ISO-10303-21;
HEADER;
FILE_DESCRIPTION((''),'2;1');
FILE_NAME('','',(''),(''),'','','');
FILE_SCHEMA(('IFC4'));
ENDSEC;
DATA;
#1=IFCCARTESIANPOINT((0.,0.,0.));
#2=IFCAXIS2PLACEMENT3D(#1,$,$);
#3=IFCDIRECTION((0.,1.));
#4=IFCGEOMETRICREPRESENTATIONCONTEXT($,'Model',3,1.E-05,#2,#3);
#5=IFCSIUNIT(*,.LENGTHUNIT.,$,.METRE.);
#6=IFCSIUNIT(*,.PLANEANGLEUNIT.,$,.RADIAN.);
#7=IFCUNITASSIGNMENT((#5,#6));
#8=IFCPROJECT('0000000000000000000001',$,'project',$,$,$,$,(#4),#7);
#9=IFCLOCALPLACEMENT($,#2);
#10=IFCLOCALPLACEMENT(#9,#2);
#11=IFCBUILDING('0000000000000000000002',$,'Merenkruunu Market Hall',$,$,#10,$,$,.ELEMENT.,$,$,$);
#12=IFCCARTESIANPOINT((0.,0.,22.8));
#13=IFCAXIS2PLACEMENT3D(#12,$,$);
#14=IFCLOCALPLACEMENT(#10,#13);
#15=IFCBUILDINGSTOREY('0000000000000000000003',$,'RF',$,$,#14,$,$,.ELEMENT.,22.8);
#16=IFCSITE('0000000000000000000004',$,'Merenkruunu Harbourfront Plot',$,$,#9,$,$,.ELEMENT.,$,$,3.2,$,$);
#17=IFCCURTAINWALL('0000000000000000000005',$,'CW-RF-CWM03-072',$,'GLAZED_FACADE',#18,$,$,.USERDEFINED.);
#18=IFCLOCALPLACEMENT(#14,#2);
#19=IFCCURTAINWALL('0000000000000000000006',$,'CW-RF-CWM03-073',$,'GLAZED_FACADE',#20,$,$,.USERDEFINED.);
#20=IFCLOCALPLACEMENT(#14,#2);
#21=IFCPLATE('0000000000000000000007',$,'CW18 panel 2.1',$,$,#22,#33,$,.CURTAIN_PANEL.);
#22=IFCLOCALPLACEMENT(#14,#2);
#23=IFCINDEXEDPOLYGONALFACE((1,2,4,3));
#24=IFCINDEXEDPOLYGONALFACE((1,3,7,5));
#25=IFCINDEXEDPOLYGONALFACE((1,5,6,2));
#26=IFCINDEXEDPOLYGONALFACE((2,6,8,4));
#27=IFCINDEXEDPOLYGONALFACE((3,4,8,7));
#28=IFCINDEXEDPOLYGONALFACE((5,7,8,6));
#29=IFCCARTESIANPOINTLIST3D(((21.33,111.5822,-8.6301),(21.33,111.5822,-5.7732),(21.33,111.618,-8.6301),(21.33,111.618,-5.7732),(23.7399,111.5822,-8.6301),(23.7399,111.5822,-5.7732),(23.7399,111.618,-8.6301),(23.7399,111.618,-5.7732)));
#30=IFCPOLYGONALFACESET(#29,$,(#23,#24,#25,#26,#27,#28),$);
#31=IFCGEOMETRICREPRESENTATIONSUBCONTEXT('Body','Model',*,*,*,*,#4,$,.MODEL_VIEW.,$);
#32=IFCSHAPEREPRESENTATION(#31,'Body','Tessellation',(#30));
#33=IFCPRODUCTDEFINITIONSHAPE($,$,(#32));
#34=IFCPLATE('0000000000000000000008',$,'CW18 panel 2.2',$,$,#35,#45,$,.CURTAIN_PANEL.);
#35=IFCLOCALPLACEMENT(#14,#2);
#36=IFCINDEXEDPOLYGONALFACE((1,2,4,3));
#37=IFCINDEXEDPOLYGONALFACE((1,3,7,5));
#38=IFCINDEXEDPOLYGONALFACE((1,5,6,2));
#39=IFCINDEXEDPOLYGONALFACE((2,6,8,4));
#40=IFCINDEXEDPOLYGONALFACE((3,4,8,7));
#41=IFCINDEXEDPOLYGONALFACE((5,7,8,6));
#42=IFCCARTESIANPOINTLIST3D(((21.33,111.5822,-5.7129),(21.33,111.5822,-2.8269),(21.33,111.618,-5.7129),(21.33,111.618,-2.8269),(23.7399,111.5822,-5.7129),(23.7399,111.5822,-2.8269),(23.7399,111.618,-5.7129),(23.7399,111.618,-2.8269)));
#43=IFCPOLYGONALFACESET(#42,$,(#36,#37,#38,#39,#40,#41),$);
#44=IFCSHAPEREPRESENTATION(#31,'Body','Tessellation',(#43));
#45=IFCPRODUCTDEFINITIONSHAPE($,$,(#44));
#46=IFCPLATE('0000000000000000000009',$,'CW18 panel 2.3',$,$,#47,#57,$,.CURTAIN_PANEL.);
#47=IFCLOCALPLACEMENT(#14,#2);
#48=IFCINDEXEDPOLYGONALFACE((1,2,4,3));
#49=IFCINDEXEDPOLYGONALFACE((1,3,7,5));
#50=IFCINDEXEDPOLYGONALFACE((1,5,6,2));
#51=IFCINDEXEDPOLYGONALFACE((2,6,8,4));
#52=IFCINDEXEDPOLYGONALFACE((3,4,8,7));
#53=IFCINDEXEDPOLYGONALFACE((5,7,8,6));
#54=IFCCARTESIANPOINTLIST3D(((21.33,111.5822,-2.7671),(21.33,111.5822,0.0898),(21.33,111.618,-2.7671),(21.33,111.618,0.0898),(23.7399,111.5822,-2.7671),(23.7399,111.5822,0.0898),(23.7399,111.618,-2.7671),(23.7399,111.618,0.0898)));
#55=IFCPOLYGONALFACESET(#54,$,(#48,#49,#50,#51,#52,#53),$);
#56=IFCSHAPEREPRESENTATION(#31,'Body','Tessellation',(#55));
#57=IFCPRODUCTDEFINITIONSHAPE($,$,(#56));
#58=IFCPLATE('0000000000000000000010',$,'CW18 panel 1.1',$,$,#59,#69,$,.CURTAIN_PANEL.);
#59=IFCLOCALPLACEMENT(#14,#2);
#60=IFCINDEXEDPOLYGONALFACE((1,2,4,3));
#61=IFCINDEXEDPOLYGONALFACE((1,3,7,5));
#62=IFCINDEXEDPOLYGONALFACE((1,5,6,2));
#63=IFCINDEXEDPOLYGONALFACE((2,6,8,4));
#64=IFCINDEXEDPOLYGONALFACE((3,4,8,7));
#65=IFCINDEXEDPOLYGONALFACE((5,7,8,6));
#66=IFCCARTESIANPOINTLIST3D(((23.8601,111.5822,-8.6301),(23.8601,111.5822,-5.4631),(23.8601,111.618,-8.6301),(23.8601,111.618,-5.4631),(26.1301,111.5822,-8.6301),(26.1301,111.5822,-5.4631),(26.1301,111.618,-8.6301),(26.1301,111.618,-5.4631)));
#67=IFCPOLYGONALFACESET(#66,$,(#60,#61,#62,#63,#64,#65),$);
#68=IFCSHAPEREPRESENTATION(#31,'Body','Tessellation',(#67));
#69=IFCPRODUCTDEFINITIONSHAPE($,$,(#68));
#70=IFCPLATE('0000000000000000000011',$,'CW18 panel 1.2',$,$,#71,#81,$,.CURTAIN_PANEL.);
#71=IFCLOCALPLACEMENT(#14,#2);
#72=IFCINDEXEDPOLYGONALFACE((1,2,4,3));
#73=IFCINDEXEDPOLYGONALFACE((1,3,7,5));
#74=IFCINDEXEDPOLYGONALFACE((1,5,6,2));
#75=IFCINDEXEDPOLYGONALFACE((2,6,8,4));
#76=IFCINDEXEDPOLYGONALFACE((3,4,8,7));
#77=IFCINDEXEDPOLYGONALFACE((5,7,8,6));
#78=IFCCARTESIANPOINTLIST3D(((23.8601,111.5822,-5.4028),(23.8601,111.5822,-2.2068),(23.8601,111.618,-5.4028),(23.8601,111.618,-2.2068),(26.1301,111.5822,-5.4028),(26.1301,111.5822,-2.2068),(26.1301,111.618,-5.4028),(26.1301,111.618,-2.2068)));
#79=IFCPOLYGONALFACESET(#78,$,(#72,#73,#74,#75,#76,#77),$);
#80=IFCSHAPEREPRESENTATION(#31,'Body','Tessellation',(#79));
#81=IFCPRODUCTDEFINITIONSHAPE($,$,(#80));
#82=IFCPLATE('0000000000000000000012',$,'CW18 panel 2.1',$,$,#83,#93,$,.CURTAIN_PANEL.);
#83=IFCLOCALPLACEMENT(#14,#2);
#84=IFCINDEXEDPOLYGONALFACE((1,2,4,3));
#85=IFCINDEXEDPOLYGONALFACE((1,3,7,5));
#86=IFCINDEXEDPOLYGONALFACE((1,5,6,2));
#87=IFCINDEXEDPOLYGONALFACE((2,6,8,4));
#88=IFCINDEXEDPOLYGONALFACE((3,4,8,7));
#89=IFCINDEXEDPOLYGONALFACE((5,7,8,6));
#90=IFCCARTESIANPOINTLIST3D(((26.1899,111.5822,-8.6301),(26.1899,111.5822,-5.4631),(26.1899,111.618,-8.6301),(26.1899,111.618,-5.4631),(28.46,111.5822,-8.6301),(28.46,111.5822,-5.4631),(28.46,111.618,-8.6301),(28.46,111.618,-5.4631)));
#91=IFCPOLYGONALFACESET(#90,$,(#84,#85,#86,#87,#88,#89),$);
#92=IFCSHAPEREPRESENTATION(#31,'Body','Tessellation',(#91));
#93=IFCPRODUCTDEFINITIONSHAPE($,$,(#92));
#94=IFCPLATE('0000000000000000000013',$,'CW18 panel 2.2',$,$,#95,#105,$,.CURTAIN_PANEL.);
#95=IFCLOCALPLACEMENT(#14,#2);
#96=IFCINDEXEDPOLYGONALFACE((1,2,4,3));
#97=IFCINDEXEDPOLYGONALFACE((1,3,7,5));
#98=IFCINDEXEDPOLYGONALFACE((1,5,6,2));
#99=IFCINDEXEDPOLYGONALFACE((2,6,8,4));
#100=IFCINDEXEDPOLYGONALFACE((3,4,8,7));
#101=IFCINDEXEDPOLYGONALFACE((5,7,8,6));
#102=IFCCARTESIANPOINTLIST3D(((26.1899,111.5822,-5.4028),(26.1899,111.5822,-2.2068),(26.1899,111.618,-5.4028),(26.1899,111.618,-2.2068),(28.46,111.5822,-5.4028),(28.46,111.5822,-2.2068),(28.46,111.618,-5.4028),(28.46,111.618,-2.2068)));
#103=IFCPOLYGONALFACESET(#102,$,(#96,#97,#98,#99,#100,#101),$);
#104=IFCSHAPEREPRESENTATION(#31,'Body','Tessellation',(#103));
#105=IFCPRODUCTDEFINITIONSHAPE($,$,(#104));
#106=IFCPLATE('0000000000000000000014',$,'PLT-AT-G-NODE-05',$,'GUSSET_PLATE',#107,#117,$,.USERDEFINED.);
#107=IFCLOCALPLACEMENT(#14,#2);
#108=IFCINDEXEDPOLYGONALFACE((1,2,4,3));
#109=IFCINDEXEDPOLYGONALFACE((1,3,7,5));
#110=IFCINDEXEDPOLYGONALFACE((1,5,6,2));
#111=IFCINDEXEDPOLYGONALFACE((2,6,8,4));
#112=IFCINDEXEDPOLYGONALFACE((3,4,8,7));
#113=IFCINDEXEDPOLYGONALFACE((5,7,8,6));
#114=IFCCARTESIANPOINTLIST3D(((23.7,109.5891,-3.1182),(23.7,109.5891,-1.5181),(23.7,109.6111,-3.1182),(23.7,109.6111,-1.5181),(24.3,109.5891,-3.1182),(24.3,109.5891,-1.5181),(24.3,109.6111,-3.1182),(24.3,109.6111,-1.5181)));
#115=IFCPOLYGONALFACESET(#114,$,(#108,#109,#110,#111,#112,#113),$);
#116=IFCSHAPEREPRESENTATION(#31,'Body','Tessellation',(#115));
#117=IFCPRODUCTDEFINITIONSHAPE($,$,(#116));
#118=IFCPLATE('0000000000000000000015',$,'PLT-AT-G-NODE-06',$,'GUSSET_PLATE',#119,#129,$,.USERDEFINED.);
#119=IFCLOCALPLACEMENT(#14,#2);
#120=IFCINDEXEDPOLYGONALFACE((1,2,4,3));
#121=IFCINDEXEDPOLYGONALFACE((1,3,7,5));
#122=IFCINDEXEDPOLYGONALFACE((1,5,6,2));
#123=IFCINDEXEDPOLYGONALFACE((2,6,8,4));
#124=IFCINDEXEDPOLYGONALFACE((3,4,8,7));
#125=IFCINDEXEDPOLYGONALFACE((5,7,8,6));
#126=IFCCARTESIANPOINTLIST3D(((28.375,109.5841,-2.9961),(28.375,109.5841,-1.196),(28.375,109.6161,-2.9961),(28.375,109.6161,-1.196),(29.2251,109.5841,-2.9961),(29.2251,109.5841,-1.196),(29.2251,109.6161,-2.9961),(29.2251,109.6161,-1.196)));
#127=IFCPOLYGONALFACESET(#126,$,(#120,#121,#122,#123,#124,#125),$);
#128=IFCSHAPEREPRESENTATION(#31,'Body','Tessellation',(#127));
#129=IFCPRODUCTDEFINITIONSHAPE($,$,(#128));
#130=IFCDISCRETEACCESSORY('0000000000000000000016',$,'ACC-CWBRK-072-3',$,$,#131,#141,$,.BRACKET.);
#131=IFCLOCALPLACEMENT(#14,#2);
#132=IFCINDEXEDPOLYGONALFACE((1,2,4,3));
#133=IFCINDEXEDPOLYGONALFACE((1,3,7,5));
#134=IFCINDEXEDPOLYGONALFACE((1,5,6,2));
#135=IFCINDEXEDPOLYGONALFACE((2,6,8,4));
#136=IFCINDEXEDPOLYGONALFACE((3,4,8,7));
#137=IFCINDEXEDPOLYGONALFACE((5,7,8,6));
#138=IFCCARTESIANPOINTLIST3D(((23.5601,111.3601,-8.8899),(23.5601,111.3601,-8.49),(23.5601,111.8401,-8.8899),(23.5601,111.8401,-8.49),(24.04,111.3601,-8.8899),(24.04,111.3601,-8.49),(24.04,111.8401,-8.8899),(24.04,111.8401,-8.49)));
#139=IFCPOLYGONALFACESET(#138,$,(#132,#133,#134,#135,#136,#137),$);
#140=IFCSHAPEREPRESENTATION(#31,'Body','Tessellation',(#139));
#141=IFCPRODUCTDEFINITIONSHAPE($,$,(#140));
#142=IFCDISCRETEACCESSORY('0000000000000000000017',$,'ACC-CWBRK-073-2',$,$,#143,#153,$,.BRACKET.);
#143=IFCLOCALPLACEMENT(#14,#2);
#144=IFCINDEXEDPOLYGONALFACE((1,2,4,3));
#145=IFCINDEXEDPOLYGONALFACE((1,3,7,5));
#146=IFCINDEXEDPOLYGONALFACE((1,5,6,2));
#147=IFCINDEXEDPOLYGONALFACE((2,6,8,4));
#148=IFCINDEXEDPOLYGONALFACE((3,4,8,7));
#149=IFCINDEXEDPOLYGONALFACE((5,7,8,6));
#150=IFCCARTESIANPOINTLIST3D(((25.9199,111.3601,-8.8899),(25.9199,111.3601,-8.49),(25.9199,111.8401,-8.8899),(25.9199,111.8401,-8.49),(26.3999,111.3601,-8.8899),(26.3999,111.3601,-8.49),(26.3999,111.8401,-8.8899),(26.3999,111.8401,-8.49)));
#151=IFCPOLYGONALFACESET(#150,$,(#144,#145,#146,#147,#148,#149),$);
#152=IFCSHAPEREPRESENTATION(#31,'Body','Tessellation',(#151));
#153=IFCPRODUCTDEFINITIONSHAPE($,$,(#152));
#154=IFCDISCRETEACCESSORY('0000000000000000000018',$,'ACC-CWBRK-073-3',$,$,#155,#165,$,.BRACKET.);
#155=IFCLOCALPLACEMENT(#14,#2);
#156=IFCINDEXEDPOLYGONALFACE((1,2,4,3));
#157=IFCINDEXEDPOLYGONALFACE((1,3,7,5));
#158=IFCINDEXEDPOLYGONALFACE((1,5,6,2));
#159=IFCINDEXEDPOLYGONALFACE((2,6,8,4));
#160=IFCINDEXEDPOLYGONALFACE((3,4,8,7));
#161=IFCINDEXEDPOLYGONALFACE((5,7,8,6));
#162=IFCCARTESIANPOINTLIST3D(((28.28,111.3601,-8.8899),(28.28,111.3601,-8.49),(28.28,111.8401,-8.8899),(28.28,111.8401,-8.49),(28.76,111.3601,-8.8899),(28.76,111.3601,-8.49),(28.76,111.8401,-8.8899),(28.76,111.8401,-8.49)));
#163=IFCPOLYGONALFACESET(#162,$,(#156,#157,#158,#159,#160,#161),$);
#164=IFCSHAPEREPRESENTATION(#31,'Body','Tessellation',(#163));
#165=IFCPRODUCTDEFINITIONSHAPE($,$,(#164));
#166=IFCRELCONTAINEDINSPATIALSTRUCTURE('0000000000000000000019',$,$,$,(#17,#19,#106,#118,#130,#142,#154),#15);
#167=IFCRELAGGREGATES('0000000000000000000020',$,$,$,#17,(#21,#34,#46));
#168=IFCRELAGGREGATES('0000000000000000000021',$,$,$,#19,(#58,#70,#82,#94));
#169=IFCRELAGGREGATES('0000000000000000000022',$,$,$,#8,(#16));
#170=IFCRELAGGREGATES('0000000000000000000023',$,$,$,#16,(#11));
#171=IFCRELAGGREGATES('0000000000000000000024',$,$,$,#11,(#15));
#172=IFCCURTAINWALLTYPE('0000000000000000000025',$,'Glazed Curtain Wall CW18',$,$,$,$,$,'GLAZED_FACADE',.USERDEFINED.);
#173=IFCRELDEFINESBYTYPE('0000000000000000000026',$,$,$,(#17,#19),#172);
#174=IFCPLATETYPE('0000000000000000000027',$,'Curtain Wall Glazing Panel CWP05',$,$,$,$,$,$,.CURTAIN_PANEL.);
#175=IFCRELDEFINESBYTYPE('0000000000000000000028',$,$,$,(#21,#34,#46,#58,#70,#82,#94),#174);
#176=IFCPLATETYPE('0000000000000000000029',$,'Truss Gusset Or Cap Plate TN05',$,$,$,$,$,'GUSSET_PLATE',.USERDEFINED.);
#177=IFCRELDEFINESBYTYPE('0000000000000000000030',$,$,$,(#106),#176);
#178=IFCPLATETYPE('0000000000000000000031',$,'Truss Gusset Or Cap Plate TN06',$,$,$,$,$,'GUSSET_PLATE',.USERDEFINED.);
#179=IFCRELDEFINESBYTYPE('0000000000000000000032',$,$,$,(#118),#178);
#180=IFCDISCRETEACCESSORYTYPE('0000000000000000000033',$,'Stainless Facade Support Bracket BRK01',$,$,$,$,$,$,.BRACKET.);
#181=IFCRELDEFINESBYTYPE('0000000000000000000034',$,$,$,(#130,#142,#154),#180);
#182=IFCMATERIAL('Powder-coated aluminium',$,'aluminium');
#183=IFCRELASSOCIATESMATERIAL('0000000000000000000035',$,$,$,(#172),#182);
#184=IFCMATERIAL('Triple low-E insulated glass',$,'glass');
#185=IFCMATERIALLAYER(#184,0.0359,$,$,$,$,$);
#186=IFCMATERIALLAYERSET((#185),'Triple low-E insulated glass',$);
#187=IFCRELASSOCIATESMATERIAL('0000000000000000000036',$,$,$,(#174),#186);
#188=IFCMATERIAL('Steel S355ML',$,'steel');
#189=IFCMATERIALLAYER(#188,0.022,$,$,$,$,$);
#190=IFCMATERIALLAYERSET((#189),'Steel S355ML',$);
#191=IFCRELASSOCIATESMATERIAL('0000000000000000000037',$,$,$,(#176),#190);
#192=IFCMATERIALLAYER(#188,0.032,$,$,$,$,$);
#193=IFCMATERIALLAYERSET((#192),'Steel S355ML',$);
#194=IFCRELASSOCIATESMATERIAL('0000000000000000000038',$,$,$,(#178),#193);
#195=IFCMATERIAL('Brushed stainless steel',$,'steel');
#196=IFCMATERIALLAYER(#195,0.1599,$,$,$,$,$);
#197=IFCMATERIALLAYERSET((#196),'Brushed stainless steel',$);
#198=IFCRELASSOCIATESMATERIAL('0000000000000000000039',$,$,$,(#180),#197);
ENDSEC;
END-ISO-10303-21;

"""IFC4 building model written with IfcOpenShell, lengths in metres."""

from ifc_helpers import new_model, si_unit, direction, frame, origin, origin_2d, place, context, subcontext, project, spatial, rectangle, extrude, material, layer, layer_set, type_object, element, aggregate, save


model = new_model("IFC4")

# Units and contexts
model_context = context("Model", 3, precision=1e-05, world=origin(), true_north=direction((0.0, 1.0)))
body_context = subcontext(model_context, "Body", "Model", "MODEL_VIEW")
ifc_project = project(units=[si_unit("LENGTHUNIT", "METRE"), si_unit("PLANEANGLEUNIT", "RADIAN")], contexts=[model_context])

# Site, building, storey
site_placement = place(None, origin())
site = spatial("IfcSite", under=ifc_project, at=site_placement, Name="Merenkruunu Harbourfront Plot", CompositionType="ELEMENT", RefElevation=3.2)
building_placement = place(site_placement, origin())
building = spatial("IfcBuilding", under=site, at=building_placement, Name="Merenkruunu Market Hall", CompositionType="ELEMENT")
storey_placement = place(building_placement, frame((0.0, 0.0, 22.8)))
storey = spatial("IfcBuildingStorey", under=building, at=storey_placement, Name="RF", CompositionType="ELEMENT", Elevation=22.8)

# Shared definitions
ifc_material_1 = material(Name="Steel S355ML", Category="steel")

# Curtain wall
ifc_material_2 = material(Name="Powder-coated aluminium", Category="aluminium")
curtain_wall_type = type_object("IfcCurtainWallType", Name="Glazed Curtain Wall CW18", ElementType="GLAZED_FACADE", PredefinedType="USERDEFINED", material=ifc_material_2)
curtain_wall_1_placement = place(storey_placement, origin())
curtain_wall_1 = element("IfcCurtainWall", 1, at=curtain_wall_1_placement, inside=storey, type_object=curtain_wall_type, Name="CW-RF-CWM03-072", ObjectType="GLAZED_FACADE", PredefinedType="USERDEFINED")

# Curtain wall
curtain_wall_2_placement = place(storey_placement, origin())
curtain_wall_2 = element("IfcCurtainWall", 2, at=curtain_wall_2_placement, inside=storey, type_object=curtain_wall_type, Name="CW-RF-CWM03-073", ObjectType="GLAZED_FACADE", PredefinedType="USERDEFINED")

# Plates
ifc_material_3 = material(Name="Triple low-E insulated glass", Category="glass")
ifc_layer_1 = layer(ifc_material_3, 0.0359)
ifc_layer_set_1 = layer_set([ifc_layer_1], Name="Triple low-E insulated glass")
plate_type_1 = type_object("IfcPlateType", Name="Curtain Wall Glazing Panel CWP05", PredefinedType="CURTAIN_PANEL", material=ifc_layer_set_1)
plate_1_placement = place(storey_placement, frame((22.5349, 111.6001, -8.6301), z_axis=(0.0, 0.0, 1.0), x_axis=(1.0, 0.0, 0.0)))
plate_1 = element("IfcPlate", 3, at=plate_1_placement, type_object=plate_type_1, Name="CW18 panel 2.1", PredefinedType="CURTAIN_PANEL", context=body_context, shape_type="SweptSolid", body=[
    extrude(rectangle(XDim=2.4099, YDim=0.0359, at=origin_2d()), origin(), (0.0, 0.0, 1.0), 2.8569),
])
plate_2_placement = place(storey_placement, frame((22.5349, 111.6001, -5.7129), z_axis=(0.0, 0.0, 1.0), x_axis=(1.0, 0.0, 0.0)))
plate_2 = element("IfcPlate", 4, at=plate_2_placement, type_object=plate_type_1, Name="CW18 panel 2.2", PredefinedType="CURTAIN_PANEL", context=body_context, shape_type="SweptSolid", body=[
    extrude(rectangle(XDim=2.4099, YDim=0.0359, at=origin_2d()), origin(), (0.0, 0.0, 1.0), 2.886),
])
plate_3_placement = place(storey_placement, frame((22.5349, 111.6001, -2.7671), z_axis=(0.0, 0.0, 1.0), x_axis=(1.0, 0.0, 0.0)))
plate_3 = element("IfcPlate", 5, at=plate_3_placement, type_object=plate_type_1, Name="CW18 panel 2.3", PredefinedType="CURTAIN_PANEL", context=body_context, shape_type="SweptSolid", body=[
    extrude(rectangle(XDim=2.4099, YDim=0.0359, at=origin_2d()), origin(), (0.0, 0.0, 1.0), 2.8569),
])
aggregate(curtain_wall_1, [plate_1, plate_2, plate_3])
plate_4_placement = place(storey_placement, frame((24.9951, 111.6001, -8.6301), z_axis=(0.0, 0.0, 1.0), x_axis=(1.0, 0.0, 0.0)))
plate_4 = element("IfcPlate", 6, at=plate_4_placement, type_object=plate_type_1, Name="CW18 panel 1.1", PredefinedType="CURTAIN_PANEL", context=body_context, shape_type="SweptSolid", body=[
    extrude(rectangle(XDim=2.27, YDim=0.0359, at=origin_2d()), origin(), (0.0, 0.0, 1.0), 3.167),
])
plate_5_placement = place(storey_placement, frame((24.9951, 111.6001, -5.4028), z_axis=(0.0, 0.0, 1.0), x_axis=(1.0, 0.0, 0.0)))
plate_5 = element("IfcPlate", 7, at=plate_5_placement, type_object=plate_type_1, Name="CW18 panel 1.2", PredefinedType="CURTAIN_PANEL", context=body_context, shape_type="SweptSolid", body=[
    extrude(rectangle(XDim=2.27, YDim=0.0359, at=origin_2d()), origin(), (0.0, 0.0, 1.0), 3.196),
])
plate_6_placement = place(storey_placement, frame((27.325, 111.6001, -8.6301), z_axis=(0.0, 0.0, 1.0), x_axis=(1.0, 0.0, 0.0)))
plate_6 = element("IfcPlate", 8, at=plate_6_placement, type_object=plate_type_1, Name="CW18 panel 2.1", PredefinedType="CURTAIN_PANEL", context=body_context, shape_type="SweptSolid", body=[
    extrude(rectangle(XDim=2.27, YDim=0.0359, at=origin_2d()), origin(), (0.0, 0.0, 1.0), 3.167),
])
plate_7_placement = place(storey_placement, frame((27.325, 111.6001, -5.4028), z_axis=(0.0, 0.0, 1.0), x_axis=(1.0, 0.0, 0.0)))
plate_7 = element("IfcPlate", 9, at=plate_7_placement, type_object=plate_type_1, Name="CW18 panel 2.2", PredefinedType="CURTAIN_PANEL", context=body_context, shape_type="SweptSolid", body=[
    extrude(rectangle(XDim=2.27, YDim=0.0359, at=origin_2d()), origin(), (0.0, 0.0, 1.0), 3.196),
])
aggregate(curtain_wall_2, [plate_4, plate_5, plate_6, plate_7])

# Plates
ifc_layer_2 = layer(ifc_material_1, 0.022)
ifc_layer_set_2 = layer_set([ifc_layer_2], Name="Steel S355ML")
plate_type_2 = type_object("IfcPlateType", Name="Truss Gusset Or Cap Plate TN05", ElementType="GUSSET_PLATE", PredefinedType="USERDEFINED", material=ifc_layer_set_2)
plate_8_placement = place(storey_placement, frame((24.0, 109.6001, -3.1182), z_axis=(0.0, 0.0, 1.0), x_axis=(1.0, 0.0, 0.0)))
element("IfcPlate", 10, at=plate_8_placement, inside=storey, type_object=plate_type_2, Name="PLT-AT-G-NODE-05", ObjectType="GUSSET_PLATE", PredefinedType="USERDEFINED", context=body_context, shape_type="SweptSolid", body=[
    extrude(rectangle(XDim=0.6001, YDim=0.022, at=origin_2d()), origin(), (0.0, 0.0, 1.0), 1.6001),
])
ifc_layer_3 = layer(ifc_material_1, 0.032)
ifc_layer_set_3 = layer_set([ifc_layer_3], Name="Steel S355ML")
plate_type_3 = type_object("IfcPlateType", Name="Truss Gusset Or Cap Plate TN06", ElementType="GUSSET_PLATE", PredefinedType="USERDEFINED", material=ifc_layer_set_3)
plate_9_placement = place(storey_placement, frame((28.8, 109.6001, -2.9961), z_axis=(0.0, 0.0, 1.0), x_axis=(1.0, 0.0, 0.0)))
element("IfcPlate", 11, at=plate_9_placement, inside=storey, type_object=plate_type_3, Name="PLT-AT-G-NODE-06", ObjectType="GUSSET_PLATE", PredefinedType="USERDEFINED", context=body_context, shape_type="SweptSolid", body=[
    extrude(rectangle(XDim=0.8501, YDim=0.032, at=origin_2d()), origin(), (0.0, 0.0, 1.0), 1.8),
])

# Discrete accessories
ifc_material_4 = material(Name="Brushed stainless steel", Category="steel")
ifc_layer_4 = layer(ifc_material_4, 0.1599)
ifc_layer_set_4 = layer_set([ifc_layer_4], Name="Brushed stainless steel")
discrete_accessory_type = type_object("IfcDiscreteAccessoryType", Name="Stainless Facade Support Bracket BRK01", PredefinedType="BRACKET", material=ifc_layer_set_4)
for number, where, z_axis, x_axis, name in (
    (12, (23.8, 111.6001, -8.8899), (0.0, 0.0, 1.0), (1.0, 0.0, 0.0), "ACC-CWBRK-072-3"),
    (13, (26.1599, 111.6001, -8.8899), (0.0, 0.0, 1.0), (1.0, 0.0, 0.0), "ACC-CWBRK-073-2"),
    (14, (28.52, 111.6001, -8.8899), (0.0, 0.0, 1.0), (1.0, 0.0, 0.0), "ACC-CWBRK-073-3"),
):
    element("IfcDiscreteAccessory", number, at=place(storey_placement, frame(where, z_axis=z_axis, x_axis=x_axis)), inside=storey, type_object=discrete_accessory_type, Name=name, PredefinedType="BRACKET", context=body_context, shape_type="SweptSolid", body=[
        extrude(rectangle(XDim=0.48, YDim=0.48, at=origin_2d()), origin(), (0.0, 0.0, 1.0), 0.3999),
    ])

save(model, "model.ifc")
